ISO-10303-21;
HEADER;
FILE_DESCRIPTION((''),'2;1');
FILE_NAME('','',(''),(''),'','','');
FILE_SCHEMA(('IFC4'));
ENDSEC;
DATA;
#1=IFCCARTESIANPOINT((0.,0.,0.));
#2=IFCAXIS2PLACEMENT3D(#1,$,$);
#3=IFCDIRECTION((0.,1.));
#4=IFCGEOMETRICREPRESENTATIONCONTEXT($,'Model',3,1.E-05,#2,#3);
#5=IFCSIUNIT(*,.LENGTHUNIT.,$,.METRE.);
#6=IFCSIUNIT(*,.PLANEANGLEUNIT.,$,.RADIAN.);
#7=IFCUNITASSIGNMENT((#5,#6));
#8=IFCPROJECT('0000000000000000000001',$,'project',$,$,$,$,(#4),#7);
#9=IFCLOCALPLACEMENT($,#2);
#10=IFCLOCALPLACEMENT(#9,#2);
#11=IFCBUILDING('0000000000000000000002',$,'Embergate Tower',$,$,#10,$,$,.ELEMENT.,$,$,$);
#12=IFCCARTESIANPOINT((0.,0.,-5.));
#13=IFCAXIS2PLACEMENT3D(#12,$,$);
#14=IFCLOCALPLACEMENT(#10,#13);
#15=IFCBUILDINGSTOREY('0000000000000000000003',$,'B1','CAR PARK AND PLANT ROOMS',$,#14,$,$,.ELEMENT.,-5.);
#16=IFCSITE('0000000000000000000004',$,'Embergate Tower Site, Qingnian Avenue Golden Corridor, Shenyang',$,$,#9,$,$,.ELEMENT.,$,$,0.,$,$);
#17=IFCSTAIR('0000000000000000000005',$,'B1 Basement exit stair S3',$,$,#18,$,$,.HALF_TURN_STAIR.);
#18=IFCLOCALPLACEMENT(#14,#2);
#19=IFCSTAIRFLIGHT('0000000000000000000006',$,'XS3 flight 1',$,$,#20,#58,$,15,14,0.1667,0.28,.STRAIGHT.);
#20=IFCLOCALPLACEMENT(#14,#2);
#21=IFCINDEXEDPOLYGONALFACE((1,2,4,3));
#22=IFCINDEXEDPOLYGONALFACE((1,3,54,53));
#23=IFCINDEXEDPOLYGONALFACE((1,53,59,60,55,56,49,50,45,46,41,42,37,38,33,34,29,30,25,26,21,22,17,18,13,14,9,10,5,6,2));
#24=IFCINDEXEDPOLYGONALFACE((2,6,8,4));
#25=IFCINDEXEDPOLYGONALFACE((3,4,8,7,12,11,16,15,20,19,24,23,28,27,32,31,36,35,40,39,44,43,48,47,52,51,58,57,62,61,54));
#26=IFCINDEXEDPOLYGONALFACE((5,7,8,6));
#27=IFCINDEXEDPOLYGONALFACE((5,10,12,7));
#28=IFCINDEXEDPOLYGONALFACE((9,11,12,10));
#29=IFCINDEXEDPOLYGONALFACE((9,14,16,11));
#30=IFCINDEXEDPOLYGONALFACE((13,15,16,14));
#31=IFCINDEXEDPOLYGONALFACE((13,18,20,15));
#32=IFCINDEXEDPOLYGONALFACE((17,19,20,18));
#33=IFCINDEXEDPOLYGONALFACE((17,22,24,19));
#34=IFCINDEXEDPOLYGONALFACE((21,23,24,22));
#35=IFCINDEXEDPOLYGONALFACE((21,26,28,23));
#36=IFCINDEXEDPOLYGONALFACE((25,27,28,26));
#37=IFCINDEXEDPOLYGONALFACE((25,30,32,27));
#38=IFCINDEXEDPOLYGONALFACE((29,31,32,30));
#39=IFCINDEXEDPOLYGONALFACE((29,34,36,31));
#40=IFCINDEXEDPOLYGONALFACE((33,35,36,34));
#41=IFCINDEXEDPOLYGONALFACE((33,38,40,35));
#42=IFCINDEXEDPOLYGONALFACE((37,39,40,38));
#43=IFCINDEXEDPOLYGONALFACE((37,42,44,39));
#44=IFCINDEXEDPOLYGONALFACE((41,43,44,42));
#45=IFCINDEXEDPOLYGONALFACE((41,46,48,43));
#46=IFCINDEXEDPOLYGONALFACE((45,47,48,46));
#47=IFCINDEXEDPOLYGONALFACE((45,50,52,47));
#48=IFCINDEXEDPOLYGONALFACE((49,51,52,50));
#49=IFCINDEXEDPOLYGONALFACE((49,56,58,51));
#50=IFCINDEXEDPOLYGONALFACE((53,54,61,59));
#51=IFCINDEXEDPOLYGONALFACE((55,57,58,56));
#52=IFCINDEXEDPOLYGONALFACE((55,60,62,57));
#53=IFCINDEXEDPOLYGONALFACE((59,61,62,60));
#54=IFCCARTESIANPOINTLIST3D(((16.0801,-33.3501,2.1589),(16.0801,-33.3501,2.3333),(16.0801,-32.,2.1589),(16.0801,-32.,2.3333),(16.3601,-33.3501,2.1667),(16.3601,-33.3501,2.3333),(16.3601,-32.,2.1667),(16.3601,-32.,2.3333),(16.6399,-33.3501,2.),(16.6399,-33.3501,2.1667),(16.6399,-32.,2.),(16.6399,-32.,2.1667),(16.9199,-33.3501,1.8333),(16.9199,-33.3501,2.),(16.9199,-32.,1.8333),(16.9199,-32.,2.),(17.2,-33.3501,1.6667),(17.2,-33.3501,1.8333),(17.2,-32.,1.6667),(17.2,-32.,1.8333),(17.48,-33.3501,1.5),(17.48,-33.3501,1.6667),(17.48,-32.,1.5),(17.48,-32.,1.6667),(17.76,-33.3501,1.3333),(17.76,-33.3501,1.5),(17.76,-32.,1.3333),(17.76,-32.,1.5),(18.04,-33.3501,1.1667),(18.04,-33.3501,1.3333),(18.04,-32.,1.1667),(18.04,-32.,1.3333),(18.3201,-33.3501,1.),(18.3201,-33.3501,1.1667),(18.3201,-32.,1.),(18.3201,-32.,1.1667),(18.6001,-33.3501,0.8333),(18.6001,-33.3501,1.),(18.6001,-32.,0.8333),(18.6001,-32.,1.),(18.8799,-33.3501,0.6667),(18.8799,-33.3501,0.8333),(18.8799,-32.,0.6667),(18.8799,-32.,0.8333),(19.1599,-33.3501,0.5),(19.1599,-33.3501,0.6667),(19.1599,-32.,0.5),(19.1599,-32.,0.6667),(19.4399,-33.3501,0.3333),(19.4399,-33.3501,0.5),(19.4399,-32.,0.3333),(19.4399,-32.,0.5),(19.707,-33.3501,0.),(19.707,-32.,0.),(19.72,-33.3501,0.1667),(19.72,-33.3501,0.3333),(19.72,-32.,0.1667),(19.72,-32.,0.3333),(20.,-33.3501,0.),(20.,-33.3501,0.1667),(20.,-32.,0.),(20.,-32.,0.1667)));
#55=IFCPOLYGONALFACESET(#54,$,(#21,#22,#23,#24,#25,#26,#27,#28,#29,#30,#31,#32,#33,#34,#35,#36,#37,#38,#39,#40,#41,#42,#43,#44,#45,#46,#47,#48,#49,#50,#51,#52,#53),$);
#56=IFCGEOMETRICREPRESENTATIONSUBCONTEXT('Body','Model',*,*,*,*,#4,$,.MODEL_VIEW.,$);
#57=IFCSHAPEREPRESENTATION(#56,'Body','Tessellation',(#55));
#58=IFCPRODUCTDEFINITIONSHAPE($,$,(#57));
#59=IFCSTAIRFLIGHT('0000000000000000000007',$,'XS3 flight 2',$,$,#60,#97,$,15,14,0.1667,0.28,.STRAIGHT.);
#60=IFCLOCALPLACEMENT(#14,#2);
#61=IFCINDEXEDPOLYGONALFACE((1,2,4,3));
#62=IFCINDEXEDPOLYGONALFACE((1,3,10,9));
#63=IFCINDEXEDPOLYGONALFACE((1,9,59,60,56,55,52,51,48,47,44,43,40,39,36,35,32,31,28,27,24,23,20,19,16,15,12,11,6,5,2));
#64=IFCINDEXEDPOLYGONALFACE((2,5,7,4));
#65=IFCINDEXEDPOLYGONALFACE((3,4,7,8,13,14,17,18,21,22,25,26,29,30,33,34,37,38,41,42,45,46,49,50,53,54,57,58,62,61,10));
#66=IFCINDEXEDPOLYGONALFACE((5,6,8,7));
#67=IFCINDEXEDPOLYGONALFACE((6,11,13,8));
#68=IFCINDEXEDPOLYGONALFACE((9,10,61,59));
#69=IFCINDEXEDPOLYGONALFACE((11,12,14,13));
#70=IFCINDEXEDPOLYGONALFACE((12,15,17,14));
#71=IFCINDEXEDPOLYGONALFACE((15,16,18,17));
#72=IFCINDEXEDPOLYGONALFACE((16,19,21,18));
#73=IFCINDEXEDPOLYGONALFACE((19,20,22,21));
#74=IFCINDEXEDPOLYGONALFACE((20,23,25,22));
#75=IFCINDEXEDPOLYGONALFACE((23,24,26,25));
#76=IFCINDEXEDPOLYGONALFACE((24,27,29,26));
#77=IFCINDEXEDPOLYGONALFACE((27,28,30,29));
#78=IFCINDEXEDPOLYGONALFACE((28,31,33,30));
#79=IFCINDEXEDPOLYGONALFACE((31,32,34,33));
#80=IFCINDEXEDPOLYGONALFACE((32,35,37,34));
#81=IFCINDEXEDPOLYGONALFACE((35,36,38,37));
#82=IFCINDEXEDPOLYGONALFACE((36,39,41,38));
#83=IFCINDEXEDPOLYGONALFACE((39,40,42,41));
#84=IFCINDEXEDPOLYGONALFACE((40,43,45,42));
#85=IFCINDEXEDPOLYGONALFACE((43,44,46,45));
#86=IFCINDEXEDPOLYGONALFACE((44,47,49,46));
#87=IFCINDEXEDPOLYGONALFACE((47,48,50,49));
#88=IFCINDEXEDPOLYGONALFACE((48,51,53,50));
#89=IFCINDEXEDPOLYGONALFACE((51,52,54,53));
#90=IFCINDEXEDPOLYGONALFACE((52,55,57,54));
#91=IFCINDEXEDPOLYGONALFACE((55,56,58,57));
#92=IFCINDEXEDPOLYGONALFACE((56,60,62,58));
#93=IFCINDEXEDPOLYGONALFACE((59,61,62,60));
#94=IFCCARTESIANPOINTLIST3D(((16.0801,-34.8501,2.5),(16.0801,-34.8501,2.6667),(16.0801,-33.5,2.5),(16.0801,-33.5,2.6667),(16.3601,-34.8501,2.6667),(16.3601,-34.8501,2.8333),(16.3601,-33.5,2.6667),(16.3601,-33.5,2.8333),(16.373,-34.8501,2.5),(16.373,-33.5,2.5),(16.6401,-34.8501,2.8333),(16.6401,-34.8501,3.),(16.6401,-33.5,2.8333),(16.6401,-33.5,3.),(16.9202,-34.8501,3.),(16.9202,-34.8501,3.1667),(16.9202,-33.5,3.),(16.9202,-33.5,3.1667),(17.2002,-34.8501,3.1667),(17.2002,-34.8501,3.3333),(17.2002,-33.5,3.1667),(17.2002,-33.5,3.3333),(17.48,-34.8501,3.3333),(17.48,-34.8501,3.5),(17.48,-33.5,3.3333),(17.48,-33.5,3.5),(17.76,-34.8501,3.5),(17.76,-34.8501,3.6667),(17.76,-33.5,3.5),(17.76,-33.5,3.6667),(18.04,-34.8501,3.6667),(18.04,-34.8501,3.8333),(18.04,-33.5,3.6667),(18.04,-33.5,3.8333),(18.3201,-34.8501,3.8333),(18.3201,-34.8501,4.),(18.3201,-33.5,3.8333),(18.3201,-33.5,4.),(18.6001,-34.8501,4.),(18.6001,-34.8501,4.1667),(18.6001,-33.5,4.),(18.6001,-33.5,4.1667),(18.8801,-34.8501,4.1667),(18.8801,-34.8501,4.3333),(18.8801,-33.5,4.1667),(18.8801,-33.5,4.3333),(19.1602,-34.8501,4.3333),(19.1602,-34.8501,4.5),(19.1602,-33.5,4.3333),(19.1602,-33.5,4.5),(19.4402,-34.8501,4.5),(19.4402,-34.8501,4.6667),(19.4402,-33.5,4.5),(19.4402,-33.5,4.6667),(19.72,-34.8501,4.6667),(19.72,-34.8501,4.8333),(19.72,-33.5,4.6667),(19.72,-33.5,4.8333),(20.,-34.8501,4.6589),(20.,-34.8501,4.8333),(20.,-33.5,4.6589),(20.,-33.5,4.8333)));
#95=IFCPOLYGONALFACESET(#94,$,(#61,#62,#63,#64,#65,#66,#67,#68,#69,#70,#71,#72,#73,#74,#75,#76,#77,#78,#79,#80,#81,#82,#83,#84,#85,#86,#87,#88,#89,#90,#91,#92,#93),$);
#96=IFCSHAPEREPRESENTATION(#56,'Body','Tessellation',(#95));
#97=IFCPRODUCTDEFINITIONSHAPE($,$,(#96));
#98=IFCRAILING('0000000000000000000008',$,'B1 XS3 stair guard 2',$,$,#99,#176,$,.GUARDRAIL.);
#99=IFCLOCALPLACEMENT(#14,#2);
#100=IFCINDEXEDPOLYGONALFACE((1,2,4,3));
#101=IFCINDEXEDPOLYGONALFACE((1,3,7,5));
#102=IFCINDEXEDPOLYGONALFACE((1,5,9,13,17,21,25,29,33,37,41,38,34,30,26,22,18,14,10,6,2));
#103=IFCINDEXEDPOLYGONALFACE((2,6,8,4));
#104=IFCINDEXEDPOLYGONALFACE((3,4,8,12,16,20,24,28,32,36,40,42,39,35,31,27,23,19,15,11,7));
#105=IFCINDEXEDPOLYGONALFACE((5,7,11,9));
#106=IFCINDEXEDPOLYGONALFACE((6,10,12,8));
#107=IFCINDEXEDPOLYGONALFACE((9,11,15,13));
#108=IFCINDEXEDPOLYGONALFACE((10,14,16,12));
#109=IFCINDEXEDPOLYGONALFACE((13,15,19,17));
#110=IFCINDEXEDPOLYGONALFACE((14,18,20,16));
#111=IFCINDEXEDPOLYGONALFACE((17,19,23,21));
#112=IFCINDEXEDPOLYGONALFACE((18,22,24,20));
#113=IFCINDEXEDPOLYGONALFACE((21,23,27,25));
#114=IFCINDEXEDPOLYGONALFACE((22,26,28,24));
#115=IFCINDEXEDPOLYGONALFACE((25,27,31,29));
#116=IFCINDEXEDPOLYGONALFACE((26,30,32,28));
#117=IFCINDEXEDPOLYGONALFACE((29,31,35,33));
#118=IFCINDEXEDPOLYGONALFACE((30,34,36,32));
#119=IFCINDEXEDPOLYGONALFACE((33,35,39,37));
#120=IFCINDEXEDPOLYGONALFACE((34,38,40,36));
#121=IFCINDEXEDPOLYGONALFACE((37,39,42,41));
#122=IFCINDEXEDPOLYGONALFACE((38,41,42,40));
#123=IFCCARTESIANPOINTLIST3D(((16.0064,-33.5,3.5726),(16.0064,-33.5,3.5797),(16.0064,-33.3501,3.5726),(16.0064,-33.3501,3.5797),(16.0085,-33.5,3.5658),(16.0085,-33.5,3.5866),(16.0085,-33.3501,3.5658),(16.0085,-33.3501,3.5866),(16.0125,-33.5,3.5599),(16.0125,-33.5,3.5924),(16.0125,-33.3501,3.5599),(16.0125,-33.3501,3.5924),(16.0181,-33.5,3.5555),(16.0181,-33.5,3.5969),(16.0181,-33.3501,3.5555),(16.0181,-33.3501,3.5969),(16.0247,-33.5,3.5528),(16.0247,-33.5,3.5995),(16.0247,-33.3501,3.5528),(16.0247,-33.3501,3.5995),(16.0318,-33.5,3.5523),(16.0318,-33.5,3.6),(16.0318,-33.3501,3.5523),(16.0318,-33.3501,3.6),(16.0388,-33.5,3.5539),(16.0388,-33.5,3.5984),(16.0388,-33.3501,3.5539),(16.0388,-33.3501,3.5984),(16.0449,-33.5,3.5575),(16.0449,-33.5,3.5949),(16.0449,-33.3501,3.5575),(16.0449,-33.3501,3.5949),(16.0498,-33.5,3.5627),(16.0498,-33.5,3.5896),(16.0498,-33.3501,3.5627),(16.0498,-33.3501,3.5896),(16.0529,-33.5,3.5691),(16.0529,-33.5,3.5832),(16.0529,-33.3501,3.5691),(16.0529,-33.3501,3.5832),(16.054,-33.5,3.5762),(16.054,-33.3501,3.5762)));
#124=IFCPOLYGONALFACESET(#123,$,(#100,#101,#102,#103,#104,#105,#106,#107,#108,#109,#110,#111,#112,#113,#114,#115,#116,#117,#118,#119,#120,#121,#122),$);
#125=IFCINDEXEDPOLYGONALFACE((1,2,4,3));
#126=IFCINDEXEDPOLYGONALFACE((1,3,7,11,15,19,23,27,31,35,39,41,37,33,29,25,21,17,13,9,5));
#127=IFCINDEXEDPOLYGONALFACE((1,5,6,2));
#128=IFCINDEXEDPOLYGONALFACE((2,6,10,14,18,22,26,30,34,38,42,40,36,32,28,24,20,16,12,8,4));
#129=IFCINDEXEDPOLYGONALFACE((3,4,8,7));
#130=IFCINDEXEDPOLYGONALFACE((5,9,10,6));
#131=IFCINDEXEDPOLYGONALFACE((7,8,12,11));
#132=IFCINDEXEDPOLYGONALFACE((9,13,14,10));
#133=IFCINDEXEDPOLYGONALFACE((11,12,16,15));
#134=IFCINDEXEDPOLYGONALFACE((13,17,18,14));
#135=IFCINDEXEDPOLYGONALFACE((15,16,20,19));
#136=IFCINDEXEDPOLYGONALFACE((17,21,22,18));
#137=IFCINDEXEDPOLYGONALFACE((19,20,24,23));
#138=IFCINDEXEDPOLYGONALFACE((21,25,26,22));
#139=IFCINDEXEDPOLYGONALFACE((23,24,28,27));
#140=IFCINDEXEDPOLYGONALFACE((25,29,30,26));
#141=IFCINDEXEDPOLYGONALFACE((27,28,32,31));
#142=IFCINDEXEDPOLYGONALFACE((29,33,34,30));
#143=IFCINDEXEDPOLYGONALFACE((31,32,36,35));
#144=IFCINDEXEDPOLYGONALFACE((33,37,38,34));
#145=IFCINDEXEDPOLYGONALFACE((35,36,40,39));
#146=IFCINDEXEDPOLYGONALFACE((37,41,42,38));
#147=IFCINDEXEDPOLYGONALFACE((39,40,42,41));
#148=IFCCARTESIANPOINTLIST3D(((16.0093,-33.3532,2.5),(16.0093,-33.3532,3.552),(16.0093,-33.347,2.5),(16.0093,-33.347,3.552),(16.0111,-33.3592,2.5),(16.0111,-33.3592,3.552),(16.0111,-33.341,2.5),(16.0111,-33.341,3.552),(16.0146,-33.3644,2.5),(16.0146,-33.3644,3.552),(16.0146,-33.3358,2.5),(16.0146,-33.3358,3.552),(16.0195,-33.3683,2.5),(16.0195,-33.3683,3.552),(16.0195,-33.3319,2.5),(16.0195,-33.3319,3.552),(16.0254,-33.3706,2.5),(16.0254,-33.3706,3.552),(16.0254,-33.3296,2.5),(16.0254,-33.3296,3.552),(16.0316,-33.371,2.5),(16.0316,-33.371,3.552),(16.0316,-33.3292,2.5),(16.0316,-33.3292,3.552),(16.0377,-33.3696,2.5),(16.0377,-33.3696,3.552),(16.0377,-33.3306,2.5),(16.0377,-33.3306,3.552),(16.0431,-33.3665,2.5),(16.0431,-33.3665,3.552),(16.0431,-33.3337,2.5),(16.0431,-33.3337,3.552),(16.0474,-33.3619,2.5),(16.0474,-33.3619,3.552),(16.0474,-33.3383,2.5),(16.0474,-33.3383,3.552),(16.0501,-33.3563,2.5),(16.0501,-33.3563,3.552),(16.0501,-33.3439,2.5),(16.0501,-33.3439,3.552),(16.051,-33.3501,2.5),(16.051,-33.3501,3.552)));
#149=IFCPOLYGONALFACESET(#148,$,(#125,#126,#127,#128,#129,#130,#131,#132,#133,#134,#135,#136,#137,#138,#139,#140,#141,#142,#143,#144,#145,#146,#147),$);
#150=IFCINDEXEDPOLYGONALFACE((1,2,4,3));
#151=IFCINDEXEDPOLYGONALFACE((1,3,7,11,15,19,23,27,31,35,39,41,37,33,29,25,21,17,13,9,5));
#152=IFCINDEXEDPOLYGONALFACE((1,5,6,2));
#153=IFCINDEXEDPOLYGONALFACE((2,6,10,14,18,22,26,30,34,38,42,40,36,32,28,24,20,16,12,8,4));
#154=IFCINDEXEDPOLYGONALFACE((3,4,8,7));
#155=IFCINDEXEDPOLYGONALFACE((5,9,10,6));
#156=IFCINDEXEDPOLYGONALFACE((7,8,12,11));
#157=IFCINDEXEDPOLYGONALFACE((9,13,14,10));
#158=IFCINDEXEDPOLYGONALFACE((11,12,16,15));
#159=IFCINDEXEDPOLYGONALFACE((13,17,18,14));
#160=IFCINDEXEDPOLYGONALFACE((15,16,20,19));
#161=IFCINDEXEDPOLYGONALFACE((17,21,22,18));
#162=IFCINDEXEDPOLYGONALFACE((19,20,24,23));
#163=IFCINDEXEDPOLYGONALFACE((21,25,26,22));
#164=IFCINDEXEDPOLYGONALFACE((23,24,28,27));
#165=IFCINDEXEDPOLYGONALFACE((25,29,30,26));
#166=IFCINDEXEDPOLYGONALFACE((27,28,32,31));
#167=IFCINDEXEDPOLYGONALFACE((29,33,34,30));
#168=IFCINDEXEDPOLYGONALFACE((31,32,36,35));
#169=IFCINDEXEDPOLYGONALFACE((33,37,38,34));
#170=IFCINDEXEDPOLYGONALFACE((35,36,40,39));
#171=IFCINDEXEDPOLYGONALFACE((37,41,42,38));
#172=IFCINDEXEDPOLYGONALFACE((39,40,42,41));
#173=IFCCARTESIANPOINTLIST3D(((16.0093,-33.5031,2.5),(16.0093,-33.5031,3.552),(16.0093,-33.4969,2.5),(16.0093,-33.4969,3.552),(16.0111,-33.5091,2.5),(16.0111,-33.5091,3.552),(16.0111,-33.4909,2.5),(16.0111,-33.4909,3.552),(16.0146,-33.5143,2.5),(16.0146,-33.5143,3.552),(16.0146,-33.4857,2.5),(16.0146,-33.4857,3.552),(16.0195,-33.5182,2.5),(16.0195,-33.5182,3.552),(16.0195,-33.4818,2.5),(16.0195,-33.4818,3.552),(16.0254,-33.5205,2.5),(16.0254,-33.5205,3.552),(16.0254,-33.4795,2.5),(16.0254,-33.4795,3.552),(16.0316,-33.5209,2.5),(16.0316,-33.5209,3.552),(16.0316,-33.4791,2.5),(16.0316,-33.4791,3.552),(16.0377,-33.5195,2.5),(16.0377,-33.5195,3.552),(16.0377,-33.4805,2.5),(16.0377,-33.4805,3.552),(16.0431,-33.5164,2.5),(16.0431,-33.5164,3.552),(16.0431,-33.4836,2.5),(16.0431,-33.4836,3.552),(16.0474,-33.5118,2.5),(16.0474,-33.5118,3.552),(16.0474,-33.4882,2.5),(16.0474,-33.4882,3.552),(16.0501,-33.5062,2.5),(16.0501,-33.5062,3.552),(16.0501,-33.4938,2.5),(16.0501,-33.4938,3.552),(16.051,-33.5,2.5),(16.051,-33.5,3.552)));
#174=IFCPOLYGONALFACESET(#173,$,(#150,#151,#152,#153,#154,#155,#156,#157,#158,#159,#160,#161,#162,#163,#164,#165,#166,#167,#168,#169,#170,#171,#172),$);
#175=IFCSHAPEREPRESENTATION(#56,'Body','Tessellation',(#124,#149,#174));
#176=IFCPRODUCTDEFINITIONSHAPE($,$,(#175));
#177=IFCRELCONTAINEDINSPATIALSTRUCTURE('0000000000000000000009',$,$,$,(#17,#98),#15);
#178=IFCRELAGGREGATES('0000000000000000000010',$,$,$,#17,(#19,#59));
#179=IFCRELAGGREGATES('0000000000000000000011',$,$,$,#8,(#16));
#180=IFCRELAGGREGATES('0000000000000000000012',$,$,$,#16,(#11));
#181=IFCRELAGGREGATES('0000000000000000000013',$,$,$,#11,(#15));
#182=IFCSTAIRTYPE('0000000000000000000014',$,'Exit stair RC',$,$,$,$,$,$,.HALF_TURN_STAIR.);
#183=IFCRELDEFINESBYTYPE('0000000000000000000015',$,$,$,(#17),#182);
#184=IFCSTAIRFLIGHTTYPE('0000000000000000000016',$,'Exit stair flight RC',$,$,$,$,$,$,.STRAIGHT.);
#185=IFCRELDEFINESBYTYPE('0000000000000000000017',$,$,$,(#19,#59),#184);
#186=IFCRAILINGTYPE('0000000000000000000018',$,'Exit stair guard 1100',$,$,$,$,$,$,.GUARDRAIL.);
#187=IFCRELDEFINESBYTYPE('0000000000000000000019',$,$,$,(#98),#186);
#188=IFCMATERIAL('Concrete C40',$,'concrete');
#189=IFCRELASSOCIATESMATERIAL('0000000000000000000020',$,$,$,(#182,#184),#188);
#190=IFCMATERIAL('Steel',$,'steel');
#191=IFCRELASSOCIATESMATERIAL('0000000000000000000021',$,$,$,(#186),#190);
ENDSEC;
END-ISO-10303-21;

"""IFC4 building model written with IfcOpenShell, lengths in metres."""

from ifc_helpers import new_model, si_unit, direction, frame, origin, origin_2d, place, context, subcontext, project, spatial, polyline, circle, outline, extrude, source, transform, mapped, material, type_object, element, aggregate, save


model = new_model("IFC4")

# Units and contexts
model_context = context("Model", 3, precision=1e-05, world=origin(), true_north=direction((0.0, 1.0)))
body_context = subcontext(model_context, "Body", "Model", "MODEL_VIEW")
ifc_project = project(units=[si_unit("LENGTHUNIT", "METRE"), si_unit("PLANEANGLEUNIT", "RADIAN")], contexts=[model_context])

# Site, building, storey
site_placement = place(None, origin())
site = spatial("IfcSite", under=ifc_project, at=site_placement, Name="Embergate Tower Site, Qingnian Avenue Golden Corridor, Shenyang", CompositionType="ELEMENT", RefElevation=0.0)
building_placement = place(site_placement, origin())
building = spatial("IfcBuilding", under=site, at=building_placement, Name="Embergate Tower", CompositionType="ELEMENT")
storey_placement = place(building_placement, frame((0.0, 0.0, -5.0)))
storey = spatial("IfcBuildingStorey", under=building, at=storey_placement, Name="B1", Description="CAR PARK AND PLANT ROOMS", CompositionType="ELEMENT", Elevation=-5.0)

# Stair
ifc_material_1 = material(Name="Concrete C40", Category="concrete")
stair_type = type_object("IfcStairType", Name="Exit stair RC", PredefinedType="HALF_TURN_STAIR", material=ifc_material_1)
stair_placement = place(storey_placement, origin())
stair = element("IfcStair", 1, at=stair_placement, inside=storey, type_object=stair_type, Name="B1 Basement exit stair S3", PredefinedType="HALF_TURN_STAIR")

# Stair flights
stair_flight_type = type_object("IfcStairFlightType", Name="Exit stair flight RC", PredefinedType="STRAIGHT", material=ifc_material_1)
shared_shape_1 = source(origin(), body_context, "Body", "SweptSolid", [
    extrude(outline(polyline([(0.0, 0.0), (0.0, 0.1667), (0.28, 0.1667), (0.28, 0.3333), (0.5601, 0.3333), (0.5601, 0.5), (0.8401, 0.5), (0.8401, 0.6667), (1.1201, 0.6667), (1.1201, 0.8333), (1.3999, 0.8333), (1.3999, 1.0), (1.6799, 1.0), (1.6799, 1.1667), (1.96, 1.1667), (1.96, 1.3333), (2.24, 1.3333), (2.24, 1.5), (2.52, 1.5), (2.52, 1.6667), (2.8, 1.6667), (2.8, 1.8333), (3.0801, 1.8333), (3.0801, 2.0), (3.3601, 2.0), (3.3601, 2.1667), (3.6399, 2.1667), (3.6399, 2.3333), (3.9199, 2.3333), (3.9199, 2.5), (3.9199, 2.1589), (0.293, 0.0), (0.0, 0.0)])), frame((0.0, 0.675, 0.0), z_axis=(0.0, -1.0, 0.0), x_axis=(1.0, 0.0, 0.0)), (0.0, 0.0, 1.0), 1.3501),
])
stair_flight_1_placement = place(storey_placement, frame((20.0, -32.675, 0.0), z_axis=(0.0, 0.0, 1.0), x_axis=(-1.0, 0.0, 0.0)))
stair_flight_1 = element("IfcStairFlight", 2, at=stair_flight_1_placement, type_object=stair_flight_type, Name="XS3 flight 1", NumberOfRisers=15, NumberOfTreads=14, PredefinedType="STRAIGHT", RiserHeight=0.1667, TreadLength=0.28, context=body_context, shape_type="MappedRepresentation", body=[
    mapped(shared_shape_1, transform((0.0, 0.0, 0.0))),
])
stair_flight_2_placement = place(storey_placement, frame((16.0801, -34.175, 2.5), z_axis=(0.0, 0.0, 1.0), x_axis=(1.0, 0.0, 0.0)))
stair_flight_2 = element("IfcStairFlight", 3, at=stair_flight_2_placement, type_object=stair_flight_type, Name="XS3 flight 2", NumberOfRisers=15, NumberOfTreads=14, PredefinedType="STRAIGHT", RiserHeight=0.1667, TreadLength=0.28, context=body_context, shape_type="MappedRepresentation", body=[
    mapped(shared_shape_1, transform((0.0, 0.0, 0.0))),
])
aggregate(stair, [stair_flight_1, stair_flight_2])

# Railing
ifc_material_2 = material(Name="Steel", Category="steel")
railing_type_1 = type_object("IfcRailingType", Name="Exit stair guard 1100", PredefinedType="GUARDRAIL", material=ifc_material_2)
shared_shape_2 = source(origin(), body_context, "Body", "SweptSolid", [
    extrude(circle(Radius=0.0239, at=origin_2d()), frame((0.0, 0.0, 1.0762), z_axis=(0.0, -1.0, 0.0), x_axis=(1.0, 0.0, 0.0)), (0.0, 0.0, 1.0), 0.1499),
    extrude(circle(Radius=0.021, at=origin_2d()), origin(), (0.0, 0.0, 1.0), 1.052),
    extrude(circle(Radius=0.021, at=origin_2d()), frame((0.0, -0.1499, 0.0)), (0.0, 0.0, 1.0), 1.052),
])
for number, where, name in (
    (4, (16.03, -33.3501, 2.5), "B1 XS3 stair guard 2"),
):
    element("IfcRailing", number, at=place(storey_placement, frame(where)), inside=storey, type_object=railing_type_1, Name=name, PredefinedType="GUARDRAIL", context=body_context, shape_type="MappedRepresentation", body=[
        mapped(shared_shape_2, transform((0.0, 0.0, 0.0))),
    ])

save(model, "model.ifc")
